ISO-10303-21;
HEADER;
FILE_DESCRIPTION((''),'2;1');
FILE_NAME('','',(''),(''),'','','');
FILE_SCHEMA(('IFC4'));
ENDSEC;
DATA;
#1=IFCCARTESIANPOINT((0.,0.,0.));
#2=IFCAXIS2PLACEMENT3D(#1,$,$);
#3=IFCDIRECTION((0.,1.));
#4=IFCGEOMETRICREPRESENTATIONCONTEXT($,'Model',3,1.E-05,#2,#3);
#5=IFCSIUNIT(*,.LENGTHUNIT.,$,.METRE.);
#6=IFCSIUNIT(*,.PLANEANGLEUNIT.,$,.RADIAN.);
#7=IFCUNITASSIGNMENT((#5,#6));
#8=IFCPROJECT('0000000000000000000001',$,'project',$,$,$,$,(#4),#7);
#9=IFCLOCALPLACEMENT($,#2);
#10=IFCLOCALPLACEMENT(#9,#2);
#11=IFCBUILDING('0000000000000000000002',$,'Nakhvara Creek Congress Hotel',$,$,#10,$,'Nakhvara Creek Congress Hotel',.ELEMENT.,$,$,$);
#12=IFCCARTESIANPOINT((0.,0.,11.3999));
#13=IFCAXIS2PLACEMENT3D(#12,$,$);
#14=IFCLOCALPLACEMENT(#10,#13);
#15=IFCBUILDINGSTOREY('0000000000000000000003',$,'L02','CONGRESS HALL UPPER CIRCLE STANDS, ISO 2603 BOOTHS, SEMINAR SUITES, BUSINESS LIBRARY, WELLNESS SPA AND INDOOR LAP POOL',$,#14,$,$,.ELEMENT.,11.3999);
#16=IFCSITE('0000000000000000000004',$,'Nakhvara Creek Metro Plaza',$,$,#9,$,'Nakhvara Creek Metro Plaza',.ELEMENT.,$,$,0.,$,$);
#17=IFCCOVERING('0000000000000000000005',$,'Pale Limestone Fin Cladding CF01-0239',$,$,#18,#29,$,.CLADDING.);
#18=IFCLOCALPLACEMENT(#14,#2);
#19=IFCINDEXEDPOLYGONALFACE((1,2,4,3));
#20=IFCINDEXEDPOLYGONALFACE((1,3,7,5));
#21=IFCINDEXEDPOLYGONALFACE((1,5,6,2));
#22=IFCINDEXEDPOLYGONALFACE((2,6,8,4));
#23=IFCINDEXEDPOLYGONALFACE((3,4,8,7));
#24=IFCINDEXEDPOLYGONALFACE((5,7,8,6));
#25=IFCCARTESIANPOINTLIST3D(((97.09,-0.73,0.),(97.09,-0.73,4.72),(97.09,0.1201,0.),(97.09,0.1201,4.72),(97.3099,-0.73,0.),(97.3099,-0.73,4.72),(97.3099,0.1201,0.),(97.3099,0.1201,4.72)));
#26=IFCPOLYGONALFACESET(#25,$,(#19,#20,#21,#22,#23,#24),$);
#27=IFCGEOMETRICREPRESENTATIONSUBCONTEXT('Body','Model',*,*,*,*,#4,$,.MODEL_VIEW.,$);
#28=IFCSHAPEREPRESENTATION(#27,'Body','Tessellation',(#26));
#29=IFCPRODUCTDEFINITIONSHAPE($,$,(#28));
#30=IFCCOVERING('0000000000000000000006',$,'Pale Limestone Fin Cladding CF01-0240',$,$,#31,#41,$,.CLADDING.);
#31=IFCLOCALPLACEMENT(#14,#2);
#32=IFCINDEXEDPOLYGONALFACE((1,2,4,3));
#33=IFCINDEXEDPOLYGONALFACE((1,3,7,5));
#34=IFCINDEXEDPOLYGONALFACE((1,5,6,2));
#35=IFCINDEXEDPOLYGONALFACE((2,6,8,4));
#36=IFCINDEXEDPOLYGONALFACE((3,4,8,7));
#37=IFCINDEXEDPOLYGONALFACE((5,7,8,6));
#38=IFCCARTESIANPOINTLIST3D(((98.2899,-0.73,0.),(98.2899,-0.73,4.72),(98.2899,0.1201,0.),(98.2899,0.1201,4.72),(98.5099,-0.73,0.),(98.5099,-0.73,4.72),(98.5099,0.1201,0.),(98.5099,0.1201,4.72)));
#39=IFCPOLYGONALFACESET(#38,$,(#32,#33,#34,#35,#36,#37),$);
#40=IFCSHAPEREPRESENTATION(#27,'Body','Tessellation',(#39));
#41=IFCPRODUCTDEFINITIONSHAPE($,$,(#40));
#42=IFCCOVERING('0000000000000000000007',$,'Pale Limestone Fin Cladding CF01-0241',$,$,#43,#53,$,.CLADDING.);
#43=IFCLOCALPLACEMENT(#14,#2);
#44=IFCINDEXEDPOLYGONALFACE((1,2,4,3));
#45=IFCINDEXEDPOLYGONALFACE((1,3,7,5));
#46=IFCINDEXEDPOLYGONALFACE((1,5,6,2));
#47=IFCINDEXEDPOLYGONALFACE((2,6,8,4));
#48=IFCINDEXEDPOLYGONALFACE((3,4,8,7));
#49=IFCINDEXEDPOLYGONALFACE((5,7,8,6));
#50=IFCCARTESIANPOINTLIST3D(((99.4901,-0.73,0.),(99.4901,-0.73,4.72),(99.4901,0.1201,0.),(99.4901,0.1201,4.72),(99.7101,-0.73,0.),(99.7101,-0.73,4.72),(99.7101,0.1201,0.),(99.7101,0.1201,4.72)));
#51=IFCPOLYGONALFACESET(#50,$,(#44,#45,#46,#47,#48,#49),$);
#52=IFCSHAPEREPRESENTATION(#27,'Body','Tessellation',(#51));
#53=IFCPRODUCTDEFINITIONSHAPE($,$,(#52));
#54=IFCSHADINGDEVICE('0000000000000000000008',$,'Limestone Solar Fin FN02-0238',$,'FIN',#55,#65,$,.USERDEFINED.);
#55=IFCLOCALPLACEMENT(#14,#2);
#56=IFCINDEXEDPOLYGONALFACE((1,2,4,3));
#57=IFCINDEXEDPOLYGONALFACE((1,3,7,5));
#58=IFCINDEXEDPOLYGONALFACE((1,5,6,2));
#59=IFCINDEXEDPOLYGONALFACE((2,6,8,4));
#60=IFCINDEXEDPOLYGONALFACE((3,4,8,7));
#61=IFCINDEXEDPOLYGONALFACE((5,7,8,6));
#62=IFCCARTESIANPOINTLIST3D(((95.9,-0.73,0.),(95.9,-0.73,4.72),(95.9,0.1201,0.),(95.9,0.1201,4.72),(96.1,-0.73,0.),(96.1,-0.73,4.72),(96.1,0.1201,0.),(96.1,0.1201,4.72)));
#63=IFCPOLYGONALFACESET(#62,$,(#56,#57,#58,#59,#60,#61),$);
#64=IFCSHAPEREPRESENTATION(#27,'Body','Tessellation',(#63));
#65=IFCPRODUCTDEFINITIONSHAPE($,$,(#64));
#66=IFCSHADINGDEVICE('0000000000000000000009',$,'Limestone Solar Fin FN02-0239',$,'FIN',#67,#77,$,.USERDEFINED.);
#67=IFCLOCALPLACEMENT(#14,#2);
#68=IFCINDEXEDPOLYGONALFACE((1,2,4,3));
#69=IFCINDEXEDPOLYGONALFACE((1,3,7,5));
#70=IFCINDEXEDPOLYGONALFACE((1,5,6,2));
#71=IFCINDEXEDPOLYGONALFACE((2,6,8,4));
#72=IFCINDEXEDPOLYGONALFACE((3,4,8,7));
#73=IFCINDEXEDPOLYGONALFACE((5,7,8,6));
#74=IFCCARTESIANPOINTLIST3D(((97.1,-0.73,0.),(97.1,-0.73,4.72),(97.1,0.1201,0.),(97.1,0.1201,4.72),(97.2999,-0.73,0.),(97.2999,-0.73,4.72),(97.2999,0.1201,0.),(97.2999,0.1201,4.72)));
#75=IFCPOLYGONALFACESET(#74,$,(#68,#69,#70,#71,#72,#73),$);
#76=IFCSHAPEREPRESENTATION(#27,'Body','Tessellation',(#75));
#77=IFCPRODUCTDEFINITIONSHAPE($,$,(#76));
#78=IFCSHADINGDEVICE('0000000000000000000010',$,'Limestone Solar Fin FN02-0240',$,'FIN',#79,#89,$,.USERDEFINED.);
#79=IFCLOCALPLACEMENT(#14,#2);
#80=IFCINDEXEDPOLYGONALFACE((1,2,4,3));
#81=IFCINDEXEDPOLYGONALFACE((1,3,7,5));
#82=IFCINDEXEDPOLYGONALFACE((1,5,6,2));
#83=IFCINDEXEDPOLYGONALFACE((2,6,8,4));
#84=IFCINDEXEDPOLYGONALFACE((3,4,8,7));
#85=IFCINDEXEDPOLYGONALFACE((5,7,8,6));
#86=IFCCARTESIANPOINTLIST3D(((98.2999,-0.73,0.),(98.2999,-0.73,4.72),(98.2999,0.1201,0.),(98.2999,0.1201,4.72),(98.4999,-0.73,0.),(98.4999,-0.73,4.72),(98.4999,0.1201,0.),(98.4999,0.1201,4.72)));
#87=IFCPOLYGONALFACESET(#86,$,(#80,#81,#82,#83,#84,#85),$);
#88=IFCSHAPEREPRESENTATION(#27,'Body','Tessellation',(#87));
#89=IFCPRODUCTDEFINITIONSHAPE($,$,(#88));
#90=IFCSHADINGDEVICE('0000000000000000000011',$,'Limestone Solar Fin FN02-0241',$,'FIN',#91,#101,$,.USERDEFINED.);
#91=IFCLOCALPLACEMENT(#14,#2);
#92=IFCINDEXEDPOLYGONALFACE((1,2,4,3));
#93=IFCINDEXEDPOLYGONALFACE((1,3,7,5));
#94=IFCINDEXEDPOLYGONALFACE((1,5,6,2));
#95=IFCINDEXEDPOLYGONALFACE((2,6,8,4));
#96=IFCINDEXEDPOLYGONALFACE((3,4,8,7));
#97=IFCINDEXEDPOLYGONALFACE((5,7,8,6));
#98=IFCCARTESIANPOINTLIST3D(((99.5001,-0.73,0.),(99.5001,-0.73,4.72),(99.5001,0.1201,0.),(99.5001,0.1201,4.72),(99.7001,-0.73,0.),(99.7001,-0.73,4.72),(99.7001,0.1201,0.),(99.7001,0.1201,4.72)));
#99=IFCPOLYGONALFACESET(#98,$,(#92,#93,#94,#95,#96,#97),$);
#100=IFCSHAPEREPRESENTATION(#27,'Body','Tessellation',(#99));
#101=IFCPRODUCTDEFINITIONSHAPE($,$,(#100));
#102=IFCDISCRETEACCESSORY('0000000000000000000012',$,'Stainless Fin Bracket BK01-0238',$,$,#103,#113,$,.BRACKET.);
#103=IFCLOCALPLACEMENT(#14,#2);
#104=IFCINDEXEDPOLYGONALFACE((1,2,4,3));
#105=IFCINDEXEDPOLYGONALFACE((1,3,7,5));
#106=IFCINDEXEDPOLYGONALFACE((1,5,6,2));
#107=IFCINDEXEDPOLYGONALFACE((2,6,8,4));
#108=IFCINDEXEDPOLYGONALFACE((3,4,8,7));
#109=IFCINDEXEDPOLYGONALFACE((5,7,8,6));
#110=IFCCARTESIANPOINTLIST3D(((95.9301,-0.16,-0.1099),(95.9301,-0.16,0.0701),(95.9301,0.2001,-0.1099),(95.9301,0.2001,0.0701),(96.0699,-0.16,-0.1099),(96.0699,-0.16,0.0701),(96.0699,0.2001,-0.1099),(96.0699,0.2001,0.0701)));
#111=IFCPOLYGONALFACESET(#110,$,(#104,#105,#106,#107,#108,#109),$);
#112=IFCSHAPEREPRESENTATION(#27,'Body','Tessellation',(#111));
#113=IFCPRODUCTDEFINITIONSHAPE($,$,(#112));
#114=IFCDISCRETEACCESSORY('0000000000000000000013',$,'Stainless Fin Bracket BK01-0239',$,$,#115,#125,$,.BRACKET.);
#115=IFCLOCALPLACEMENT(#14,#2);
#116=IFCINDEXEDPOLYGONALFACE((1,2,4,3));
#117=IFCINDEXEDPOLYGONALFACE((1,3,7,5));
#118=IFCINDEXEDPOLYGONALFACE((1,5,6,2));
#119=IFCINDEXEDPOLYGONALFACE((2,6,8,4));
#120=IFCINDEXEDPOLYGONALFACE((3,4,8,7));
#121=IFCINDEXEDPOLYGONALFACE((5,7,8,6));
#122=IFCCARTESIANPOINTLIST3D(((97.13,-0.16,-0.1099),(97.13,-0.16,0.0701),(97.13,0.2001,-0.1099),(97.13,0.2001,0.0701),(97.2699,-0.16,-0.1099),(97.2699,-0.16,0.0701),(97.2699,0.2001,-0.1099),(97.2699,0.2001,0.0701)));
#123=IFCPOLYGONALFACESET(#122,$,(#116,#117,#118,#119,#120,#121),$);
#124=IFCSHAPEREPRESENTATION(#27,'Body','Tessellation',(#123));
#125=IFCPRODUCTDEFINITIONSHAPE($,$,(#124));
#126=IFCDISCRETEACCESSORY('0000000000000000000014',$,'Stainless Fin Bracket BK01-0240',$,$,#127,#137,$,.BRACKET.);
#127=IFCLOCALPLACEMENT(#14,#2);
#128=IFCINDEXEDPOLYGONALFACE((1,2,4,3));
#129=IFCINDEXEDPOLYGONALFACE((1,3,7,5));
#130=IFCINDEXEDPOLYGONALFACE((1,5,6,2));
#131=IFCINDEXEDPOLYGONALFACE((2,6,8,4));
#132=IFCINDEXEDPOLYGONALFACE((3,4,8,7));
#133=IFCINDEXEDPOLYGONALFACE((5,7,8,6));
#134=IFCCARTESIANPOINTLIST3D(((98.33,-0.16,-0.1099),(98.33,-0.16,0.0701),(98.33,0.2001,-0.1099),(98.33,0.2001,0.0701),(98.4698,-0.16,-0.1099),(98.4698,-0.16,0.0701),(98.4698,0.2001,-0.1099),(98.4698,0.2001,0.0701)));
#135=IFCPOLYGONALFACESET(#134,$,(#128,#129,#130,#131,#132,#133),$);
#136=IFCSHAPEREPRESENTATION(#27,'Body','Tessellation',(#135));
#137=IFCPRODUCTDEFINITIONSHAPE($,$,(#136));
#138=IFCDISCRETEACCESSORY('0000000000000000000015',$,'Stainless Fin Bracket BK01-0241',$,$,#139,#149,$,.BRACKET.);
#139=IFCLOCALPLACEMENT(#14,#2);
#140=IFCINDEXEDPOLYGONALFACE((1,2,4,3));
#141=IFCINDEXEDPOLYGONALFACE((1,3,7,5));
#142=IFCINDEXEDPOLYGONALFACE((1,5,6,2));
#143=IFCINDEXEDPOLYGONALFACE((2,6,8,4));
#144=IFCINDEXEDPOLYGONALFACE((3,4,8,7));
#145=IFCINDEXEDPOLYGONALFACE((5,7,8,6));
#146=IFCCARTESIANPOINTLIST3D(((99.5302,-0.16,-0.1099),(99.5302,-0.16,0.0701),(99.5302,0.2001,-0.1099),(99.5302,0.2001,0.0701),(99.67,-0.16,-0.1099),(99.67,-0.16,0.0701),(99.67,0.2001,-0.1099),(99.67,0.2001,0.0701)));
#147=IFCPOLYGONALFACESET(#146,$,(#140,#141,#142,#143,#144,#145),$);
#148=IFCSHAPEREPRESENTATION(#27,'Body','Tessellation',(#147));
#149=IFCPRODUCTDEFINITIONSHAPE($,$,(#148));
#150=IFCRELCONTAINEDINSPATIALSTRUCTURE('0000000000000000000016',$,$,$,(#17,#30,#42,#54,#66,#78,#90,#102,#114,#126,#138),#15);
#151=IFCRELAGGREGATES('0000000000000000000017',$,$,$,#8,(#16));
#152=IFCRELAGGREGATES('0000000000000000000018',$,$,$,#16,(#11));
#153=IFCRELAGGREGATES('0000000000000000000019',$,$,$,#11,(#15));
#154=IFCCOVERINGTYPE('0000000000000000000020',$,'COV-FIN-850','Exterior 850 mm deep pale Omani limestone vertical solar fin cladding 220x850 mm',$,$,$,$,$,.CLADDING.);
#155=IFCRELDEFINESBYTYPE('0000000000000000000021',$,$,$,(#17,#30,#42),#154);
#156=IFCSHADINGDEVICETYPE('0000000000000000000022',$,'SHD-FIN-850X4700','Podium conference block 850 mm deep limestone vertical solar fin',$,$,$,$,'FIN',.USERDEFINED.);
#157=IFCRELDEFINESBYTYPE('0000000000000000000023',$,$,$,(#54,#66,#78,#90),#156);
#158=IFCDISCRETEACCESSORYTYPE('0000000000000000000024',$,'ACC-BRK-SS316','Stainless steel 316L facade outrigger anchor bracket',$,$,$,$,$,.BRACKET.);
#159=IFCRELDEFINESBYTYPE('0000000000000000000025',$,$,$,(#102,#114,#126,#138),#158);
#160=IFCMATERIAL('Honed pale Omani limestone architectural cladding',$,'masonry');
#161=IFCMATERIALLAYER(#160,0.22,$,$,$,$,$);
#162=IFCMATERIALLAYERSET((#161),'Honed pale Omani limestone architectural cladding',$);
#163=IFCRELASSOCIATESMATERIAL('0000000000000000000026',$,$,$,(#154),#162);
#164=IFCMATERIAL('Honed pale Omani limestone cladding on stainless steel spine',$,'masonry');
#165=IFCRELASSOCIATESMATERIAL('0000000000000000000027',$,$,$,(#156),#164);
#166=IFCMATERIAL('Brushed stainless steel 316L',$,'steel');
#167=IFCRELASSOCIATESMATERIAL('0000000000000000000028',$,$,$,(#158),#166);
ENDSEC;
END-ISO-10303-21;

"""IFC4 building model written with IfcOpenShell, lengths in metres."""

from ifc_helpers import new_model, si_unit, direction, frame, origin, origin_2d, place, context, subcontext, project, spatial, rectangle, extrude, material, layer, layer_set, type_object, element, save


model = new_model("IFC4")

# Units and contexts
model_context = context("Model", 3, precision=1e-05, world=origin(), true_north=direction((0.0, 1.0)))
body_context = subcontext(model_context, "Body", "Model", "MODEL_VIEW")
ifc_project = project(units=[si_unit("LENGTHUNIT", "METRE"), si_unit("PLANEANGLEUNIT", "RADIAN")], contexts=[model_context])

# Site, building, storey
site_placement = place(None, origin())
site = spatial("IfcSite", under=ifc_project, at=site_placement, Name="Nakhvara Creek Metro Plaza", LongName="Nakhvara Creek Metro Plaza", CompositionType="ELEMENT", RefElevation=0.0)
building_placement = place(site_placement, origin())
building = spatial("IfcBuilding", under=site, at=building_placement, Name="Nakhvara Creek Congress Hotel", LongName="Nakhvara Creek Congress Hotel", CompositionType="ELEMENT")
storey_placement = place(building_placement, frame((0.0, 0.0, 11.3999)))
storey = spatial("IfcBuildingStorey", under=building, at=storey_placement, Name="L02", Description="CONGRESS HALL UPPER CIRCLE STANDS, ISO 2603 BOOTHS, SEMINAR SUITES, BUSINESS LIBRARY, WELLNESS SPA AND INDOOR LAP POOL", CompositionType="ELEMENT", Elevation=11.3999)

# Coverings
ifc_material_1 = material(Name="Honed pale Omani limestone architectural cladding", Category="masonry")
ifc_layer_1 = layer(ifc_material_1, 0.22)
ifc_layer_set_1 = layer_set([ifc_layer_1], Name="Honed pale Omani limestone architectural cladding")
covering_type = type_object("IfcCoveringType", Name="COV-FIN-850", Description="Exterior 850 mm deep pale Omani limestone vertical solar fin cladding 220x850 mm", PredefinedType="CLADDING", material=ifc_layer_set_1)
for number, where, z_axis, x_axis, name in (
    (1, (97.2, -0.3049, 0.0), (0.0, 0.0, 1.0), (1.0, 0.0, 0.0), "Pale Limestone Fin Cladding CF01-0239"),
    (2, (98.3999, -0.3049, 0.0), (0.0, 0.0, 1.0), (1.0, 0.0, 0.0), "Pale Limestone Fin Cladding CF01-0240"),
    (3, (99.6001, -0.3049, 0.0), (0.0, 0.0, 1.0), (1.0, 0.0, 0.0), "Pale Limestone Fin Cladding CF01-0241"),
):
    element("IfcCovering", number, at=place(storey_placement, frame(where, z_axis=z_axis, x_axis=x_axis)), inside=storey, type_object=covering_type, Name=name, PredefinedType="CLADDING", context=body_context, shape_type="SweptSolid", body=[
        extrude(rectangle(XDim=0.22, YDim=0.8501, at=origin_2d()), origin(), (0.0, 0.0, 1.0), 4.72),
    ])

# Shading devices
ifc_material_2 = material(Name="Honed pale Omani limestone cladding on stainless steel spine", Category="masonry")
shading_device_type = type_object("IfcShadingDeviceType", Name="SHD-FIN-850X4700", Description="Podium conference block 850 mm deep limestone vertical solar fin", ElementType="FIN", PredefinedType="USERDEFINED", material=ifc_material_2)
for number, where, z_axis, x_axis, name in (
    (4, (96.0, -0.3049, 0.0), (0.0, 0.0, 1.0), (1.0, 0.0, 0.0), "Limestone Solar Fin FN02-0238"),
    (5, (97.2, -0.3049, 0.0), (0.0, 0.0, 1.0), (1.0, 0.0, 0.0), "Limestone Solar Fin FN02-0239"),
    (6, (98.3999, -0.3049, 0.0), (0.0, 0.0, 1.0), (1.0, 0.0, 0.0), "Limestone Solar Fin FN02-0240"),
    (7, (99.6001, -0.3049, 0.0), (0.0, 0.0, 1.0), (1.0, 0.0, 0.0), "Limestone Solar Fin FN02-0241"),
):
    element("IfcShadingDevice", number, at=place(storey_placement, frame(where, z_axis=z_axis, x_axis=x_axis)), inside=storey, type_object=shading_device_type, Name=name, ObjectType="FIN", PredefinedType="USERDEFINED", context=body_context, shape_type="SweptSolid", body=[
        extrude(rectangle(XDim=0.2, YDim=0.8501, at=origin_2d()), origin(), (0.0, 0.0, 1.0), 4.72),
    ])

# Discrete accessories
ifc_material_3 = material(Name="Brushed stainless steel 316L", Category="steel")
discrete_accessory_type = type_object("IfcDiscreteAccessoryType", Name="ACC-BRK-SS316", Description="Stainless steel 316L facade outrigger anchor bracket", PredefinedType="BRACKET", material=ifc_material_3)
for number, where, z_axis, x_axis, name in (
    (8, (96.0, 0.02, -0.1099), (0.0, 0.0, 1.0), (1.0, 0.0, 0.0), "Stainless Fin Bracket BK01-0238"),
    (9, (97.2, 0.02, -0.1099), (0.0, 0.0, 1.0), (1.0, 0.0, 0.0), "Stainless Fin Bracket BK01-0239"),
    (10, (98.3999, 0.02, -0.1099), (0.0, 0.0, 1.0), (1.0, 0.0, 0.0), "Stainless Fin Bracket BK01-0240"),
    (11, (99.6001, 0.02, -0.1099), (0.0, 0.0, 1.0), (1.0, 0.0, 0.0), "Stainless Fin Bracket BK01-0241"),
):
    element("IfcDiscreteAccessory", number, at=place(storey_placement, frame(where, z_axis=z_axis, x_axis=x_axis)), inside=storey, type_object=discrete_accessory_type, Name=name, PredefinedType="BRACKET", context=body_context, shape_type="SweptSolid", body=[
        extrude(rectangle(XDim=0.1399, YDim=0.3601, at=origin_2d()), origin(), (0.0, 0.0, 1.0), 0.1799),
    ])

save(model, "model.ifc")
